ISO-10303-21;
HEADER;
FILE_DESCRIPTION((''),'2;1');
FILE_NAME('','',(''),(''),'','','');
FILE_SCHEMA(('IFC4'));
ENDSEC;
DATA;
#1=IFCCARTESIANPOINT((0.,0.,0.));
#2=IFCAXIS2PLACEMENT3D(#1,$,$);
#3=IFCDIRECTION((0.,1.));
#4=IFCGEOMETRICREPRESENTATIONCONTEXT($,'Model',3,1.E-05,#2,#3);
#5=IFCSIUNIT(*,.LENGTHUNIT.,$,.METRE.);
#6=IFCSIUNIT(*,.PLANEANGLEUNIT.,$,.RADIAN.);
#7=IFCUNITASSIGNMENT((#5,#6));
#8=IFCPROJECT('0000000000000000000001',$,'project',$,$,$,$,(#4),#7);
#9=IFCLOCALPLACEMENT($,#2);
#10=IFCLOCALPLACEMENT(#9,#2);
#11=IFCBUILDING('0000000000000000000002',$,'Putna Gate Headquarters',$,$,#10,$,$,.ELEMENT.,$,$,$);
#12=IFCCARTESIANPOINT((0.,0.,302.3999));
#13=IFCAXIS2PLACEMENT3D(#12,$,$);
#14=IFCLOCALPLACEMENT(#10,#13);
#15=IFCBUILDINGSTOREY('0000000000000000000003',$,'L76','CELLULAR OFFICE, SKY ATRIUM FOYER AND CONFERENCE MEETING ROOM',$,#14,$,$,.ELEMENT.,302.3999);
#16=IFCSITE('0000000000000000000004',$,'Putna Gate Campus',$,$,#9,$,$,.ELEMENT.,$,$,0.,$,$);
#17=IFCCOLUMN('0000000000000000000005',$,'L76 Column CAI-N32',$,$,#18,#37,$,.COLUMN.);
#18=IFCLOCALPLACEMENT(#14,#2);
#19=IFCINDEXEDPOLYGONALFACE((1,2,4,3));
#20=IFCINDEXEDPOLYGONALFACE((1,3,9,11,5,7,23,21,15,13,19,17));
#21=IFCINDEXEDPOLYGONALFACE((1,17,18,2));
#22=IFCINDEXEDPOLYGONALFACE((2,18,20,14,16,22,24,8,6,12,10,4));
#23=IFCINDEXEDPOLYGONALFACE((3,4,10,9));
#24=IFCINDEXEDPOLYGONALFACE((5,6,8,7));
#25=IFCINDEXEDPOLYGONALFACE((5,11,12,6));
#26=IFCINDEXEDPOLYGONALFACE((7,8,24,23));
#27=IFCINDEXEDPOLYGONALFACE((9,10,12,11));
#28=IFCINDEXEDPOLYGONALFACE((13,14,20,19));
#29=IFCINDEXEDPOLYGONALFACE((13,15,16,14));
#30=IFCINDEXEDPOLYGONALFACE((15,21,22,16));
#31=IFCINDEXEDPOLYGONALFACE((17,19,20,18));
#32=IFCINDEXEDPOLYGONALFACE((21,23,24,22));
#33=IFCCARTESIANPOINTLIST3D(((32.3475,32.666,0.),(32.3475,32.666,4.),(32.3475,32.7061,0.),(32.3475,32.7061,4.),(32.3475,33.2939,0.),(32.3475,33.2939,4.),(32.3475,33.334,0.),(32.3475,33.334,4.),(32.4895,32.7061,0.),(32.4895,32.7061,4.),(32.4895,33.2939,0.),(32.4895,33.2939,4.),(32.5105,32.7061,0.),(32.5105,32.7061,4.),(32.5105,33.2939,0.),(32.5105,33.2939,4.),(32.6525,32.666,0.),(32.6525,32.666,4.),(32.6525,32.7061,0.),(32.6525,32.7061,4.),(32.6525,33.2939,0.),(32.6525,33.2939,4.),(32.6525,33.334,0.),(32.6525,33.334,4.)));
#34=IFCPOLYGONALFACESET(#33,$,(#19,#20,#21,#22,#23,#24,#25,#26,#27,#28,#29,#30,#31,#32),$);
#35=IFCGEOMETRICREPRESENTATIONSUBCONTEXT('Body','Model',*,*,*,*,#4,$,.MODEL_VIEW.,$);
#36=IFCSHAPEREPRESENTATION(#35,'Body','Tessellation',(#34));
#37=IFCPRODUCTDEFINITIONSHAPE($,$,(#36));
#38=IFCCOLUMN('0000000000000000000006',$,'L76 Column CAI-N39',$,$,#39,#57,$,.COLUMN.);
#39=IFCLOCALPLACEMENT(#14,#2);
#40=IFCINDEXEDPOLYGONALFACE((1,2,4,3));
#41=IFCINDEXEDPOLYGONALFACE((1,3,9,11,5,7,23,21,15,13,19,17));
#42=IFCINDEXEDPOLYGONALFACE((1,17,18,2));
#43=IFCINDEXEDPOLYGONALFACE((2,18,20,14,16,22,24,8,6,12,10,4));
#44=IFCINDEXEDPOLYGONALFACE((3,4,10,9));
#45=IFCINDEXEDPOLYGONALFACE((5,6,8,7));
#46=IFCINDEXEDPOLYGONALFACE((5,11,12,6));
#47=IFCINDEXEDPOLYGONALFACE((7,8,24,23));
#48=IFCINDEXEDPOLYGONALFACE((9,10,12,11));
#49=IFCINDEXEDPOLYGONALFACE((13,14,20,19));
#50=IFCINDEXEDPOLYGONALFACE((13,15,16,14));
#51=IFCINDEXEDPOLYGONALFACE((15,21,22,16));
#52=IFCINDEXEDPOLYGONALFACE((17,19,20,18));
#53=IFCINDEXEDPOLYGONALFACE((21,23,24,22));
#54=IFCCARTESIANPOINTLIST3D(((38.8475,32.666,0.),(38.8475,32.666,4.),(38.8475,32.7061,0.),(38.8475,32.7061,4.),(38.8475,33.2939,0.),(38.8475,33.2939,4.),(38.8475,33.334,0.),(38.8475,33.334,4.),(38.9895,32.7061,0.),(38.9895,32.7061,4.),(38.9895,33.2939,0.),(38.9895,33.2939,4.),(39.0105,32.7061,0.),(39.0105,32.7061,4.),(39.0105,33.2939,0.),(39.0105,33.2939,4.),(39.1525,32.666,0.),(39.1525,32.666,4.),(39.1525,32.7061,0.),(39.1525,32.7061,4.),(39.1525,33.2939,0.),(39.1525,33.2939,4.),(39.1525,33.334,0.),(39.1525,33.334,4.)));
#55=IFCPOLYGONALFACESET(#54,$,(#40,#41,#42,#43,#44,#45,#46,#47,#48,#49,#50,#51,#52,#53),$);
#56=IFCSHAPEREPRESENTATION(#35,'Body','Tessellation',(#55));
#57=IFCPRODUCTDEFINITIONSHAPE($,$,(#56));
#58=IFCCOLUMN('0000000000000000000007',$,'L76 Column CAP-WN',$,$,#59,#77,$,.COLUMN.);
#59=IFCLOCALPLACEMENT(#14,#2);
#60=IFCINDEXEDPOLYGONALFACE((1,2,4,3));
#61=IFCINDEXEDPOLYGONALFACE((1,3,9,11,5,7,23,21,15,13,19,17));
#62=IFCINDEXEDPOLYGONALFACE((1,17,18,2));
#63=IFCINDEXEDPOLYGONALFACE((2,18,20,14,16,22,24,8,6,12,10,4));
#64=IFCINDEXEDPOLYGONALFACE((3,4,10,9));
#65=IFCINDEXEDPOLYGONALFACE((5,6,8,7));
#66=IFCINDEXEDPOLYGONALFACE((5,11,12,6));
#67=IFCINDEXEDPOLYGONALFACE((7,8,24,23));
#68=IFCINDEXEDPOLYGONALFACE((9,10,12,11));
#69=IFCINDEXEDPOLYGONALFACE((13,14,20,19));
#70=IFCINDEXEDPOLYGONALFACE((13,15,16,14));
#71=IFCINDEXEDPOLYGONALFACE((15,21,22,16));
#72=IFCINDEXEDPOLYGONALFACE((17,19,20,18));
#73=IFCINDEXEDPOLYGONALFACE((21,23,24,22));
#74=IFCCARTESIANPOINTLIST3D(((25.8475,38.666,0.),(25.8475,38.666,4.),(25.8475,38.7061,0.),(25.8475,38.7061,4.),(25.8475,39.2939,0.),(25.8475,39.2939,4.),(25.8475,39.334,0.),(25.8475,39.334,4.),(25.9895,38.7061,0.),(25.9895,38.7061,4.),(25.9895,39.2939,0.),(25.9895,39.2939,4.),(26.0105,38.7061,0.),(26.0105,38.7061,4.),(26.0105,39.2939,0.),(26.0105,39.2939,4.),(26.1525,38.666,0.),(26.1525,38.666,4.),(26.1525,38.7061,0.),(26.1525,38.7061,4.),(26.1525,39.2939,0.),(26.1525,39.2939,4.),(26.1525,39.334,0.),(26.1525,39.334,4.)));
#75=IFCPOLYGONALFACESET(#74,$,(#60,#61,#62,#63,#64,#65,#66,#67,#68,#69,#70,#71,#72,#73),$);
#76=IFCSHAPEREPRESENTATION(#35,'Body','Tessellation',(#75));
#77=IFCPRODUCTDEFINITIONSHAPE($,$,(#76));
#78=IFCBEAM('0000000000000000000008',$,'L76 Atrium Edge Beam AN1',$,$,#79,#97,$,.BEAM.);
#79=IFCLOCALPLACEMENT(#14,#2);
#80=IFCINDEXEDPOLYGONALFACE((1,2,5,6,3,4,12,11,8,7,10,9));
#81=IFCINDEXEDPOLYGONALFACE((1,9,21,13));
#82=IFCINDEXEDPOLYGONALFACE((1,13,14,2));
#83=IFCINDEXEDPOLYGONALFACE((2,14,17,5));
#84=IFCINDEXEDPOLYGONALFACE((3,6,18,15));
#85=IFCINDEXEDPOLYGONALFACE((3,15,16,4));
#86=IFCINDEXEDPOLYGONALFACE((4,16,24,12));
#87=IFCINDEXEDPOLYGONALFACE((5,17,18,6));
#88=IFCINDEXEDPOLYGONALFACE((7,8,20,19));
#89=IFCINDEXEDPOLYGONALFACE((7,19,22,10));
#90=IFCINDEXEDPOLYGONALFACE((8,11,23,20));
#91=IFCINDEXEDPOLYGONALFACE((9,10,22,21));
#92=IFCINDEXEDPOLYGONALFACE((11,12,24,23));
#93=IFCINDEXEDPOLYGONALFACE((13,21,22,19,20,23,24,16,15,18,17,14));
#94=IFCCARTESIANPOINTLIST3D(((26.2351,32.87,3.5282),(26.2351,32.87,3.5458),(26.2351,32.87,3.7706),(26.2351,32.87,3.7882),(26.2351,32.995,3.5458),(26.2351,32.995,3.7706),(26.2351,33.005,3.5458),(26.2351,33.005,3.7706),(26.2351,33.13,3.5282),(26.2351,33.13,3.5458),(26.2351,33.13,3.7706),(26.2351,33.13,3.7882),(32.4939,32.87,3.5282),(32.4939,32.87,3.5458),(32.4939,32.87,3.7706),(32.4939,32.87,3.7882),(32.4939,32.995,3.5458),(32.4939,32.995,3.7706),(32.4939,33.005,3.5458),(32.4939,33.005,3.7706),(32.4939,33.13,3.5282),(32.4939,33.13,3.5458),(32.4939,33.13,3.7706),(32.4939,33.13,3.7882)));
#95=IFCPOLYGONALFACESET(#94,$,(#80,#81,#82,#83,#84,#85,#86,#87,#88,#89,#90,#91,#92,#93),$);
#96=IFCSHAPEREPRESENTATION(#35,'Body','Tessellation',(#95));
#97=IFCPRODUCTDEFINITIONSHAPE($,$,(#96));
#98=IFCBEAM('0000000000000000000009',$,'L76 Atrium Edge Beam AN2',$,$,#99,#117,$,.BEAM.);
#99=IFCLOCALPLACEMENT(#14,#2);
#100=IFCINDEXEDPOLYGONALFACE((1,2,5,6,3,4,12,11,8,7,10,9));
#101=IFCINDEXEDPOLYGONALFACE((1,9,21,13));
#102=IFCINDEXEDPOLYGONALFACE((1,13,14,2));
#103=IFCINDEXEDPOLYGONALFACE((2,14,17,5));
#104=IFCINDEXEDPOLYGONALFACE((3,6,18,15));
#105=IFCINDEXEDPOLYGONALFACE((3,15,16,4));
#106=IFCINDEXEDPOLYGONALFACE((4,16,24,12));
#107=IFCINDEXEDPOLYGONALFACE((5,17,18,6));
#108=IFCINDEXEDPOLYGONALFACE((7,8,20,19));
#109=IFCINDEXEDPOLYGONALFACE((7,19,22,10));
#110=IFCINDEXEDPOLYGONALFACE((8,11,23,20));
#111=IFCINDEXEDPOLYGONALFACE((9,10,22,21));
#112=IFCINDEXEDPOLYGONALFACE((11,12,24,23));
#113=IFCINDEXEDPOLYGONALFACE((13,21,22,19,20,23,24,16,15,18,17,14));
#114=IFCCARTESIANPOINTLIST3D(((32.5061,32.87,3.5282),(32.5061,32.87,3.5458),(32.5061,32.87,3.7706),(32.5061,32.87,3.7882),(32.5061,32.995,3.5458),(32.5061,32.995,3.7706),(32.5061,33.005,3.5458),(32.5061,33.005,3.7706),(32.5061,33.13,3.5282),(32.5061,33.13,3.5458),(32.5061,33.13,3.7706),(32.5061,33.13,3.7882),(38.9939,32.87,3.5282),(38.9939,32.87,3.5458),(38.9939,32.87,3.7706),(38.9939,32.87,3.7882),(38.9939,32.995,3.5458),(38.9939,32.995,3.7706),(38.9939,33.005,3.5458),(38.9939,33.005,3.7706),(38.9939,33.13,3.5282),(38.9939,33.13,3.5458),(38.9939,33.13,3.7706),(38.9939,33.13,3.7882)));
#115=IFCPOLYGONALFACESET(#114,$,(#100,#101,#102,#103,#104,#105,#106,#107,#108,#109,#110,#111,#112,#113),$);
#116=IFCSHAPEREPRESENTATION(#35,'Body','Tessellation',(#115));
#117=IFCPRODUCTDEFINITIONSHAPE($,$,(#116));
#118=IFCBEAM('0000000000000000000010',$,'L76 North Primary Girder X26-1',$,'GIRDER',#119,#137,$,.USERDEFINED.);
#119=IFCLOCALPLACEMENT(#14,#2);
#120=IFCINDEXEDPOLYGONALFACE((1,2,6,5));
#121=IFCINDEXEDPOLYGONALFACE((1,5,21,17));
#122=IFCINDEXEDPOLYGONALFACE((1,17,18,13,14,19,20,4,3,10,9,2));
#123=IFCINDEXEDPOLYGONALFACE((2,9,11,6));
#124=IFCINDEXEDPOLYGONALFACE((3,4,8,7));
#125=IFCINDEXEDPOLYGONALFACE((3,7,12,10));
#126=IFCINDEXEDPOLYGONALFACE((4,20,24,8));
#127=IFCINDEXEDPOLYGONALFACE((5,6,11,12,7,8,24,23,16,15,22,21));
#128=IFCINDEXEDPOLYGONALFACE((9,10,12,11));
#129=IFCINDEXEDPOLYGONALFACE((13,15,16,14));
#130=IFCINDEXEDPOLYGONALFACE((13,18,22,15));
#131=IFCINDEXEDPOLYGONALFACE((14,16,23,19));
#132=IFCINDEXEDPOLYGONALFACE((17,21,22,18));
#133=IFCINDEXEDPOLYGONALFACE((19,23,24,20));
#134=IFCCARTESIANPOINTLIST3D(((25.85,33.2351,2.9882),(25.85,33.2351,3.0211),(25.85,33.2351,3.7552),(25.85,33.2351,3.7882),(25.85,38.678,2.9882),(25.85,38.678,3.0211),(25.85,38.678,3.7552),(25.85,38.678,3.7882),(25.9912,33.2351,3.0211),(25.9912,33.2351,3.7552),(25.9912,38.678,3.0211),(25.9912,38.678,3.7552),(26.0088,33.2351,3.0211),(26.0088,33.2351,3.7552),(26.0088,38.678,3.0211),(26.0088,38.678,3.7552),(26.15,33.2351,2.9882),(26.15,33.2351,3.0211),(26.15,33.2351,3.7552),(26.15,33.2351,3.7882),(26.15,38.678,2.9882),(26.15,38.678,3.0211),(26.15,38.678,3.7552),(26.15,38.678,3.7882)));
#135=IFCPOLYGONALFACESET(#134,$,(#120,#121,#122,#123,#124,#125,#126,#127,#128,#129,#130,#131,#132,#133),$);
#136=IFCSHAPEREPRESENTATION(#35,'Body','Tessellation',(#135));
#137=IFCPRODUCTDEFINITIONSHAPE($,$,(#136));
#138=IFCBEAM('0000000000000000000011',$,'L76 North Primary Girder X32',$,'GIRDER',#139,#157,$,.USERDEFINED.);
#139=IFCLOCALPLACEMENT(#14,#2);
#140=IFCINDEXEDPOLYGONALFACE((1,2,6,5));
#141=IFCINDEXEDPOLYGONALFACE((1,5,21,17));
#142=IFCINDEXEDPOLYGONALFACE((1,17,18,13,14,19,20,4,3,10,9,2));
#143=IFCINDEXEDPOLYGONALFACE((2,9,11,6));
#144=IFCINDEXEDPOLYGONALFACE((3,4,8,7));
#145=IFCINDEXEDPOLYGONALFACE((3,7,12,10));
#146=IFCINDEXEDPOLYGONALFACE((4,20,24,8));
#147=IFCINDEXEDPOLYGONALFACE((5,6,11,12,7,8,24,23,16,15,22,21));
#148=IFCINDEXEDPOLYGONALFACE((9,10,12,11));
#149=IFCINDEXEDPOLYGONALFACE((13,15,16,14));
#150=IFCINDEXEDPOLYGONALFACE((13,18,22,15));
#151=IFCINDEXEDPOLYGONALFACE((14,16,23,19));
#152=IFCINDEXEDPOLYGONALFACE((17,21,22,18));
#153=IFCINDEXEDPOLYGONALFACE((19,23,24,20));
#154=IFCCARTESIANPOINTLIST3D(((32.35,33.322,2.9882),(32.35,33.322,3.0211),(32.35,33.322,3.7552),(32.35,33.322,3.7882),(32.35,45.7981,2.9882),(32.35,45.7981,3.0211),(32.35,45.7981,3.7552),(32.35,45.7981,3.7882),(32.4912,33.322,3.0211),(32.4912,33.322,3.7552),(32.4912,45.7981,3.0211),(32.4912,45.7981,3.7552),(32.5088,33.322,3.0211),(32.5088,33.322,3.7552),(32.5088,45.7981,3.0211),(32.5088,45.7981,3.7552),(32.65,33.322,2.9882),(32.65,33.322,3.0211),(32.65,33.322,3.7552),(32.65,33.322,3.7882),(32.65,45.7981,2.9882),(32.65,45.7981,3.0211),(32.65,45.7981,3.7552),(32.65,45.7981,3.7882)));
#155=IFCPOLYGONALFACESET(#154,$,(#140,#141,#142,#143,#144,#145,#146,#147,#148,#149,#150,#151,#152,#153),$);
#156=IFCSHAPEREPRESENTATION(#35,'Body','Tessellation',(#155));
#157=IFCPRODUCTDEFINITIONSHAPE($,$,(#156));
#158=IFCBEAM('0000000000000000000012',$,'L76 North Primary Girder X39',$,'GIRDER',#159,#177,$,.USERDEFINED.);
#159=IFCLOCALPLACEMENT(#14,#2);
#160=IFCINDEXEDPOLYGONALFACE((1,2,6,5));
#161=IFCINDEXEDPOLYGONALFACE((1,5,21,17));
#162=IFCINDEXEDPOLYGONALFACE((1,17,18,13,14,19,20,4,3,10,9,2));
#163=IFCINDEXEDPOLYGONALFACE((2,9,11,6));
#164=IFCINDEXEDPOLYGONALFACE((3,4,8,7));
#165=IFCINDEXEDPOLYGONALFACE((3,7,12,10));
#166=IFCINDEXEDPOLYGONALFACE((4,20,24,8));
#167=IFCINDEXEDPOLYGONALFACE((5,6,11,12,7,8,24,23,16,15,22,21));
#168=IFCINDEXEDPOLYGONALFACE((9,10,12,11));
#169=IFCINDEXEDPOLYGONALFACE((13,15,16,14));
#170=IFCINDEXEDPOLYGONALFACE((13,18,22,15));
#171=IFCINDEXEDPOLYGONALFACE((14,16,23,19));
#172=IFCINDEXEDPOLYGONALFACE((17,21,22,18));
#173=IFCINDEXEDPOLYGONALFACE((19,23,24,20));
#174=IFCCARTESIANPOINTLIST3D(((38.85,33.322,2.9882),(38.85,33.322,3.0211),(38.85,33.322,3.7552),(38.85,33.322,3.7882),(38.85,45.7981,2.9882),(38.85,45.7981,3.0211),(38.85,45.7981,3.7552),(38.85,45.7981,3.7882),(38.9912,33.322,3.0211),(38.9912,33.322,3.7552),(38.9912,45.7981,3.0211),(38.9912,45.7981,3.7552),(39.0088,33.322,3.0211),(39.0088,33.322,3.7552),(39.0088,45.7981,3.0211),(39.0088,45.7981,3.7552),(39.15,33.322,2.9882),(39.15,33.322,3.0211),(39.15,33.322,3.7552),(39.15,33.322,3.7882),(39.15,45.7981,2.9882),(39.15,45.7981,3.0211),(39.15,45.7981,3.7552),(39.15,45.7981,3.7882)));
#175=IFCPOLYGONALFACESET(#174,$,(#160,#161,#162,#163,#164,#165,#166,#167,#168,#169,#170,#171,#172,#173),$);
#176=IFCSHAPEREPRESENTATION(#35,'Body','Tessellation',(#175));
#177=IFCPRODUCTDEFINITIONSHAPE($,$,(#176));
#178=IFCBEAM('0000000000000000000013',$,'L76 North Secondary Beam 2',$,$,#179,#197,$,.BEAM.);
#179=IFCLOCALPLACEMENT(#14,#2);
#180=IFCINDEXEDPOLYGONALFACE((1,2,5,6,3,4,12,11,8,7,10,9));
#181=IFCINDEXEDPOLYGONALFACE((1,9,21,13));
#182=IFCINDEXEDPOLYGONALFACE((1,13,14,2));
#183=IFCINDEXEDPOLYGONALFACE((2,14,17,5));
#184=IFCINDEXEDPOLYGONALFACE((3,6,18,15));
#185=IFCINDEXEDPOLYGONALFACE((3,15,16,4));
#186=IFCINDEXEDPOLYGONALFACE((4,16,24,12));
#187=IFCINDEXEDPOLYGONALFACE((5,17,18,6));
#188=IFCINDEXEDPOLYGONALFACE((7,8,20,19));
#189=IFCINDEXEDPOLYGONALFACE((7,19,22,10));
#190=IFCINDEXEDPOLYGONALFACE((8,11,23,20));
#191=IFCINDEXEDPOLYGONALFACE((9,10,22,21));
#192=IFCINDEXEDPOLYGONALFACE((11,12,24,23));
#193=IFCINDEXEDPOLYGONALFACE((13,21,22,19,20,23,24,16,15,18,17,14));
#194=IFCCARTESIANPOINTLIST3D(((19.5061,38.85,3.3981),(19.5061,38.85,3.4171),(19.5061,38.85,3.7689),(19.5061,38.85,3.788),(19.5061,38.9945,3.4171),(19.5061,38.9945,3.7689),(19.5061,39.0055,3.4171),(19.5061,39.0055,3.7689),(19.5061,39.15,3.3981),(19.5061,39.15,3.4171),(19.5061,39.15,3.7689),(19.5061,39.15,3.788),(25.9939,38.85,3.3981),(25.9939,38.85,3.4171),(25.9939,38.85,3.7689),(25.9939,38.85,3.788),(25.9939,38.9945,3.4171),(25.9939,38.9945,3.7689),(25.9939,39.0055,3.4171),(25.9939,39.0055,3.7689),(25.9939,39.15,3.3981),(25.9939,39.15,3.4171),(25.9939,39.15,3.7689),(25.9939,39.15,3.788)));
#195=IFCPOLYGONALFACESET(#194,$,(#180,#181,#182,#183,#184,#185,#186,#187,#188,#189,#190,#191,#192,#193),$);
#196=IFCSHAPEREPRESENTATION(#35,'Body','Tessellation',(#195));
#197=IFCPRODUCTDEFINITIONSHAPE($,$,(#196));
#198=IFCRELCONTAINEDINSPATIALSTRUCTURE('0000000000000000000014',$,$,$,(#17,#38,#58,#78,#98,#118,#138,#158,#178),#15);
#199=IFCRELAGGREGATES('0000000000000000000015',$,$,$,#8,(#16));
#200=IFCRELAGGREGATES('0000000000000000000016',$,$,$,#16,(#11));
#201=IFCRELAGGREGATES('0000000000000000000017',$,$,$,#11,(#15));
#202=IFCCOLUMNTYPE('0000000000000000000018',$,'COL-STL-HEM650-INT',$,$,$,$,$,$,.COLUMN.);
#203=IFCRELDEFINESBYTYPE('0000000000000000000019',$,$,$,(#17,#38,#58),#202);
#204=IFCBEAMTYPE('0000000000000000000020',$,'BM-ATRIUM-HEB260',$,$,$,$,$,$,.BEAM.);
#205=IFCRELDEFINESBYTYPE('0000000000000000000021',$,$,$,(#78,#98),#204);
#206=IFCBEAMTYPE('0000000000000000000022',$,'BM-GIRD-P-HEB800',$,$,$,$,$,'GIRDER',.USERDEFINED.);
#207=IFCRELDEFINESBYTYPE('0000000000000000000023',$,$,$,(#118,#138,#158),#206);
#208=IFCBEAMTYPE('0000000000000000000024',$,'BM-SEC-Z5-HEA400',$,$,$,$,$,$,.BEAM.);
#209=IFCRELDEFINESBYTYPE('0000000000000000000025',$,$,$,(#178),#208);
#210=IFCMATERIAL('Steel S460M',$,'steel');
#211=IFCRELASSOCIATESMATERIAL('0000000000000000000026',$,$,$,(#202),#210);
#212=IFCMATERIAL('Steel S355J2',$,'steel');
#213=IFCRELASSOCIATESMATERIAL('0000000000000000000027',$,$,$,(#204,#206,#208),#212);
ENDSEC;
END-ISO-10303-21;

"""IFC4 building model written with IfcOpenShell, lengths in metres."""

from ifc_helpers import new_model, si_unit, direction, frame, origin, origin_2d, place, context, subcontext, project, spatial, i_section, extrude, material, material_profile, profile_set, type_object, element, save


model = new_model("IFC4")

# Units and contexts
model_context = context("Model", 3, precision=1e-05, world=origin(), true_north=direction((0.0, 1.0)))
body_context = subcontext(model_context, "Body", "Model", "MODEL_VIEW")
ifc_project = project(units=[si_unit("LENGTHUNIT", "METRE"), si_unit("PLANEANGLEUNIT", "RADIAN")], contexts=[model_context])

# Site, building, storey
site_placement = place(None, origin())
site = spatial("IfcSite", under=ifc_project, at=site_placement, Name="Putna Gate Campus", CompositionType="ELEMENT", RefElevation=0.0)
building_placement = place(site_placement, origin())
building = spatial("IfcBuilding", under=site, at=building_placement, Name="Putna Gate Headquarters", CompositionType="ELEMENT")
storey_placement = place(building_placement, frame((0.0, 0.0, 302.3999)))
storey = spatial("IfcBuildingStorey", under=building, at=storey_placement, Name="L76", Description="CELLULAR OFFICE, SKY ATRIUM FOYER AND CONFERENCE MEETING ROOM", CompositionType="ELEMENT", Elevation=302.3999)

# Columns
ifc_material_1 = material(Name="Steel S460M", Category="steel")
ifc_material_profile_1 = material_profile(ifc_material_1, i_section(OverallWidth=0.3049, OverallDepth=0.668, WebThickness=0.021, FlangeThickness=0.04, at=origin_2d()), Name="Steel S460M")
ifc_profile_set_1 = profile_set([ifc_material_profile_1], Name="Steel S460M")
column_type = type_object("IfcColumnType", Name="COL-STL-HEM650-INT", PredefinedType="COLUMN", material=ifc_profile_set_1)
for number, where, z_axis, x_axis, name in (
    (1, (32.5, 33.0, 0.0), (0.0, 0.0, 1.0), (1.0, 0.0, 0.0), "L76 Column CAI-N32"),
    (2, (39.0, 33.0, 0.0), (0.0, 0.0, 1.0), (1.0, 0.0, 0.0), "L76 Column CAI-N39"),
    (3, (26.0, 39.0, 0.0), (0.0, 0.0, 1.0), (1.0, 0.0, 0.0), "L76 Column CAP-WN"),
):
    element("IfcColumn", number, at=place(storey_placement, frame(where, z_axis=z_axis, x_axis=x_axis)), inside=storey, type_object=column_type, Name=name, PredefinedType="COLUMN", context=body_context, shape_type="SweptSolid", body=[
        extrude(i_section(OverallWidth=0.3049, OverallDepth=0.668, WebThickness=0.021, FlangeThickness=0.04, at=origin_2d()), origin(), (0.0, 0.0, 1.0), 4.0),
    ])

# Beams
ifc_material_2 = material(Name="Steel S355J2", Category="steel")
ifc_material_profile_2 = material_profile(ifc_material_2, i_section(OverallWidth=0.26, OverallDepth=0.26, WebThickness=0.01, FlangeThickness=0.0176, at=origin_2d()), Name="Steel S355J2")
ifc_profile_set_2 = profile_set([ifc_material_profile_2], Name="Steel S355J2")
beam_type_1 = type_object("IfcBeamType", Name="BM-ATRIUM-HEB260", PredefinedType="BEAM", material=ifc_profile_set_2)
beam_1_placement = place(storey_placement, frame((26.2351, 33.0, 3.6582), z_axis=(1.0, 0.0, 0.0), x_axis=(0.0, 1.0, 0.0)))
element("IfcBeam", 4, at=beam_1_placement, inside=storey, type_object=beam_type_1, Name="L76 Atrium Edge Beam AN1", PredefinedType="BEAM", context=body_context, shape_type="SweptSolid", body=[
    extrude(i_section(OverallWidth=0.26, OverallDepth=0.26, WebThickness=0.01, FlangeThickness=0.0176, at=origin_2d()), origin(), (0.0, 0.0, 1.0), 6.2588),
])
beam_2_placement = place(storey_placement, frame((32.5061, 33.0, 3.6582), z_axis=(1.0, 0.0, 0.0), x_axis=(0.0, 1.0, 0.0)))
element("IfcBeam", 5, at=beam_2_placement, inside=storey, type_object=beam_type_1, Name="L76 Atrium Edge Beam AN2", PredefinedType="BEAM", context=body_context, shape_type="SweptSolid", body=[
    extrude(i_section(OverallWidth=0.26, OverallDepth=0.26, WebThickness=0.01, FlangeThickness=0.0176, at=origin_2d()), origin(), (0.0, 0.0, 1.0), 6.4878),
])
ifc_material_profile_3 = material_profile(ifc_material_2, i_section(OverallWidth=0.3, OverallDepth=0.8, WebThickness=0.0176, FlangeThickness=0.033, at=origin_2d()), Name="Steel S355J2")
ifc_profile_set_3 = profile_set([ifc_material_profile_3], Name="Steel S355J2")
beam_type_2 = type_object("IfcBeamType", Name="BM-GIRD-P-HEB800", ElementType="GIRDER", PredefinedType="USERDEFINED", material=ifc_profile_set_3)
beam_3_placement = place(storey_placement, frame((26.0, 33.2351, 3.3882), z_axis=(0.0, 1.0, 0.0), x_axis=(-1.0, 0.0, 0.0)))
element("IfcBeam", 6, at=beam_3_placement, inside=storey, type_object=beam_type_2, Name="L76 North Primary Girder X26-1", ObjectType="GIRDER", PredefinedType="USERDEFINED", context=body_context, shape_type="SweptSolid", body=[
    extrude(i_section(OverallWidth=0.3, OverallDepth=0.8, WebThickness=0.0176, FlangeThickness=0.033, at=origin_2d()), origin(), (0.0, 0.0, 1.0), 5.4429),
])
for number, where, z_axis, x_axis, name in (
    (7, (32.5, 33.322, 3.3882), (0.0, 1.0, 0.0), (-1.0, 0.0, 0.0), "L76 North Primary Girder X32"),
    (8, (39.0, 33.322, 3.3882), (0.0, 1.0, 0.0), (-1.0, 0.0, 0.0), "L76 North Primary Girder X39"),
):
    element("IfcBeam", number, at=place(storey_placement, frame(where, z_axis=z_axis, x_axis=x_axis)), inside=storey, type_object=beam_type_2, Name=name, ObjectType="GIRDER", PredefinedType="USERDEFINED", context=body_context, shape_type="SweptSolid", body=[
        extrude(i_section(OverallWidth=0.3, OverallDepth=0.8, WebThickness=0.0176, FlangeThickness=0.033, at=origin_2d()), origin(), (0.0, 0.0, 1.0), 12.4761),
    ])
ifc_material_profile_4 = material_profile(ifc_material_2, i_section(OverallWidth=0.3, OverallDepth=0.3899, WebThickness=0.011, FlangeThickness=0.019, at=origin_2d()), Name="Steel S355J2")
ifc_profile_set_4 = profile_set([ifc_material_profile_4], Name="Steel S355J2")
beam_type_3 = type_object("IfcBeamType", Name="BM-SEC-Z5-HEA400", PredefinedType="BEAM", material=ifc_profile_set_4)
beam_4_placement = place(storey_placement, frame((19.5061, 39.0, 3.593), z_axis=(1.0, 0.0, 0.0), x_axis=(0.0, 1.0, 0.0)))
element("IfcBeam", 9, at=beam_4_placement, inside=storey, type_object=beam_type_3, Name="L76 North Secondary Beam 2", PredefinedType="BEAM", context=body_context, shape_type="SweptSolid", body=[
    extrude(i_section(OverallWidth=0.3, OverallDepth=0.3899, WebThickness=0.011, FlangeThickness=0.019, at=origin_2d()), origin(), (0.0, 0.0, 1.0), 6.4878),
])

save(model, "model.ifc")
